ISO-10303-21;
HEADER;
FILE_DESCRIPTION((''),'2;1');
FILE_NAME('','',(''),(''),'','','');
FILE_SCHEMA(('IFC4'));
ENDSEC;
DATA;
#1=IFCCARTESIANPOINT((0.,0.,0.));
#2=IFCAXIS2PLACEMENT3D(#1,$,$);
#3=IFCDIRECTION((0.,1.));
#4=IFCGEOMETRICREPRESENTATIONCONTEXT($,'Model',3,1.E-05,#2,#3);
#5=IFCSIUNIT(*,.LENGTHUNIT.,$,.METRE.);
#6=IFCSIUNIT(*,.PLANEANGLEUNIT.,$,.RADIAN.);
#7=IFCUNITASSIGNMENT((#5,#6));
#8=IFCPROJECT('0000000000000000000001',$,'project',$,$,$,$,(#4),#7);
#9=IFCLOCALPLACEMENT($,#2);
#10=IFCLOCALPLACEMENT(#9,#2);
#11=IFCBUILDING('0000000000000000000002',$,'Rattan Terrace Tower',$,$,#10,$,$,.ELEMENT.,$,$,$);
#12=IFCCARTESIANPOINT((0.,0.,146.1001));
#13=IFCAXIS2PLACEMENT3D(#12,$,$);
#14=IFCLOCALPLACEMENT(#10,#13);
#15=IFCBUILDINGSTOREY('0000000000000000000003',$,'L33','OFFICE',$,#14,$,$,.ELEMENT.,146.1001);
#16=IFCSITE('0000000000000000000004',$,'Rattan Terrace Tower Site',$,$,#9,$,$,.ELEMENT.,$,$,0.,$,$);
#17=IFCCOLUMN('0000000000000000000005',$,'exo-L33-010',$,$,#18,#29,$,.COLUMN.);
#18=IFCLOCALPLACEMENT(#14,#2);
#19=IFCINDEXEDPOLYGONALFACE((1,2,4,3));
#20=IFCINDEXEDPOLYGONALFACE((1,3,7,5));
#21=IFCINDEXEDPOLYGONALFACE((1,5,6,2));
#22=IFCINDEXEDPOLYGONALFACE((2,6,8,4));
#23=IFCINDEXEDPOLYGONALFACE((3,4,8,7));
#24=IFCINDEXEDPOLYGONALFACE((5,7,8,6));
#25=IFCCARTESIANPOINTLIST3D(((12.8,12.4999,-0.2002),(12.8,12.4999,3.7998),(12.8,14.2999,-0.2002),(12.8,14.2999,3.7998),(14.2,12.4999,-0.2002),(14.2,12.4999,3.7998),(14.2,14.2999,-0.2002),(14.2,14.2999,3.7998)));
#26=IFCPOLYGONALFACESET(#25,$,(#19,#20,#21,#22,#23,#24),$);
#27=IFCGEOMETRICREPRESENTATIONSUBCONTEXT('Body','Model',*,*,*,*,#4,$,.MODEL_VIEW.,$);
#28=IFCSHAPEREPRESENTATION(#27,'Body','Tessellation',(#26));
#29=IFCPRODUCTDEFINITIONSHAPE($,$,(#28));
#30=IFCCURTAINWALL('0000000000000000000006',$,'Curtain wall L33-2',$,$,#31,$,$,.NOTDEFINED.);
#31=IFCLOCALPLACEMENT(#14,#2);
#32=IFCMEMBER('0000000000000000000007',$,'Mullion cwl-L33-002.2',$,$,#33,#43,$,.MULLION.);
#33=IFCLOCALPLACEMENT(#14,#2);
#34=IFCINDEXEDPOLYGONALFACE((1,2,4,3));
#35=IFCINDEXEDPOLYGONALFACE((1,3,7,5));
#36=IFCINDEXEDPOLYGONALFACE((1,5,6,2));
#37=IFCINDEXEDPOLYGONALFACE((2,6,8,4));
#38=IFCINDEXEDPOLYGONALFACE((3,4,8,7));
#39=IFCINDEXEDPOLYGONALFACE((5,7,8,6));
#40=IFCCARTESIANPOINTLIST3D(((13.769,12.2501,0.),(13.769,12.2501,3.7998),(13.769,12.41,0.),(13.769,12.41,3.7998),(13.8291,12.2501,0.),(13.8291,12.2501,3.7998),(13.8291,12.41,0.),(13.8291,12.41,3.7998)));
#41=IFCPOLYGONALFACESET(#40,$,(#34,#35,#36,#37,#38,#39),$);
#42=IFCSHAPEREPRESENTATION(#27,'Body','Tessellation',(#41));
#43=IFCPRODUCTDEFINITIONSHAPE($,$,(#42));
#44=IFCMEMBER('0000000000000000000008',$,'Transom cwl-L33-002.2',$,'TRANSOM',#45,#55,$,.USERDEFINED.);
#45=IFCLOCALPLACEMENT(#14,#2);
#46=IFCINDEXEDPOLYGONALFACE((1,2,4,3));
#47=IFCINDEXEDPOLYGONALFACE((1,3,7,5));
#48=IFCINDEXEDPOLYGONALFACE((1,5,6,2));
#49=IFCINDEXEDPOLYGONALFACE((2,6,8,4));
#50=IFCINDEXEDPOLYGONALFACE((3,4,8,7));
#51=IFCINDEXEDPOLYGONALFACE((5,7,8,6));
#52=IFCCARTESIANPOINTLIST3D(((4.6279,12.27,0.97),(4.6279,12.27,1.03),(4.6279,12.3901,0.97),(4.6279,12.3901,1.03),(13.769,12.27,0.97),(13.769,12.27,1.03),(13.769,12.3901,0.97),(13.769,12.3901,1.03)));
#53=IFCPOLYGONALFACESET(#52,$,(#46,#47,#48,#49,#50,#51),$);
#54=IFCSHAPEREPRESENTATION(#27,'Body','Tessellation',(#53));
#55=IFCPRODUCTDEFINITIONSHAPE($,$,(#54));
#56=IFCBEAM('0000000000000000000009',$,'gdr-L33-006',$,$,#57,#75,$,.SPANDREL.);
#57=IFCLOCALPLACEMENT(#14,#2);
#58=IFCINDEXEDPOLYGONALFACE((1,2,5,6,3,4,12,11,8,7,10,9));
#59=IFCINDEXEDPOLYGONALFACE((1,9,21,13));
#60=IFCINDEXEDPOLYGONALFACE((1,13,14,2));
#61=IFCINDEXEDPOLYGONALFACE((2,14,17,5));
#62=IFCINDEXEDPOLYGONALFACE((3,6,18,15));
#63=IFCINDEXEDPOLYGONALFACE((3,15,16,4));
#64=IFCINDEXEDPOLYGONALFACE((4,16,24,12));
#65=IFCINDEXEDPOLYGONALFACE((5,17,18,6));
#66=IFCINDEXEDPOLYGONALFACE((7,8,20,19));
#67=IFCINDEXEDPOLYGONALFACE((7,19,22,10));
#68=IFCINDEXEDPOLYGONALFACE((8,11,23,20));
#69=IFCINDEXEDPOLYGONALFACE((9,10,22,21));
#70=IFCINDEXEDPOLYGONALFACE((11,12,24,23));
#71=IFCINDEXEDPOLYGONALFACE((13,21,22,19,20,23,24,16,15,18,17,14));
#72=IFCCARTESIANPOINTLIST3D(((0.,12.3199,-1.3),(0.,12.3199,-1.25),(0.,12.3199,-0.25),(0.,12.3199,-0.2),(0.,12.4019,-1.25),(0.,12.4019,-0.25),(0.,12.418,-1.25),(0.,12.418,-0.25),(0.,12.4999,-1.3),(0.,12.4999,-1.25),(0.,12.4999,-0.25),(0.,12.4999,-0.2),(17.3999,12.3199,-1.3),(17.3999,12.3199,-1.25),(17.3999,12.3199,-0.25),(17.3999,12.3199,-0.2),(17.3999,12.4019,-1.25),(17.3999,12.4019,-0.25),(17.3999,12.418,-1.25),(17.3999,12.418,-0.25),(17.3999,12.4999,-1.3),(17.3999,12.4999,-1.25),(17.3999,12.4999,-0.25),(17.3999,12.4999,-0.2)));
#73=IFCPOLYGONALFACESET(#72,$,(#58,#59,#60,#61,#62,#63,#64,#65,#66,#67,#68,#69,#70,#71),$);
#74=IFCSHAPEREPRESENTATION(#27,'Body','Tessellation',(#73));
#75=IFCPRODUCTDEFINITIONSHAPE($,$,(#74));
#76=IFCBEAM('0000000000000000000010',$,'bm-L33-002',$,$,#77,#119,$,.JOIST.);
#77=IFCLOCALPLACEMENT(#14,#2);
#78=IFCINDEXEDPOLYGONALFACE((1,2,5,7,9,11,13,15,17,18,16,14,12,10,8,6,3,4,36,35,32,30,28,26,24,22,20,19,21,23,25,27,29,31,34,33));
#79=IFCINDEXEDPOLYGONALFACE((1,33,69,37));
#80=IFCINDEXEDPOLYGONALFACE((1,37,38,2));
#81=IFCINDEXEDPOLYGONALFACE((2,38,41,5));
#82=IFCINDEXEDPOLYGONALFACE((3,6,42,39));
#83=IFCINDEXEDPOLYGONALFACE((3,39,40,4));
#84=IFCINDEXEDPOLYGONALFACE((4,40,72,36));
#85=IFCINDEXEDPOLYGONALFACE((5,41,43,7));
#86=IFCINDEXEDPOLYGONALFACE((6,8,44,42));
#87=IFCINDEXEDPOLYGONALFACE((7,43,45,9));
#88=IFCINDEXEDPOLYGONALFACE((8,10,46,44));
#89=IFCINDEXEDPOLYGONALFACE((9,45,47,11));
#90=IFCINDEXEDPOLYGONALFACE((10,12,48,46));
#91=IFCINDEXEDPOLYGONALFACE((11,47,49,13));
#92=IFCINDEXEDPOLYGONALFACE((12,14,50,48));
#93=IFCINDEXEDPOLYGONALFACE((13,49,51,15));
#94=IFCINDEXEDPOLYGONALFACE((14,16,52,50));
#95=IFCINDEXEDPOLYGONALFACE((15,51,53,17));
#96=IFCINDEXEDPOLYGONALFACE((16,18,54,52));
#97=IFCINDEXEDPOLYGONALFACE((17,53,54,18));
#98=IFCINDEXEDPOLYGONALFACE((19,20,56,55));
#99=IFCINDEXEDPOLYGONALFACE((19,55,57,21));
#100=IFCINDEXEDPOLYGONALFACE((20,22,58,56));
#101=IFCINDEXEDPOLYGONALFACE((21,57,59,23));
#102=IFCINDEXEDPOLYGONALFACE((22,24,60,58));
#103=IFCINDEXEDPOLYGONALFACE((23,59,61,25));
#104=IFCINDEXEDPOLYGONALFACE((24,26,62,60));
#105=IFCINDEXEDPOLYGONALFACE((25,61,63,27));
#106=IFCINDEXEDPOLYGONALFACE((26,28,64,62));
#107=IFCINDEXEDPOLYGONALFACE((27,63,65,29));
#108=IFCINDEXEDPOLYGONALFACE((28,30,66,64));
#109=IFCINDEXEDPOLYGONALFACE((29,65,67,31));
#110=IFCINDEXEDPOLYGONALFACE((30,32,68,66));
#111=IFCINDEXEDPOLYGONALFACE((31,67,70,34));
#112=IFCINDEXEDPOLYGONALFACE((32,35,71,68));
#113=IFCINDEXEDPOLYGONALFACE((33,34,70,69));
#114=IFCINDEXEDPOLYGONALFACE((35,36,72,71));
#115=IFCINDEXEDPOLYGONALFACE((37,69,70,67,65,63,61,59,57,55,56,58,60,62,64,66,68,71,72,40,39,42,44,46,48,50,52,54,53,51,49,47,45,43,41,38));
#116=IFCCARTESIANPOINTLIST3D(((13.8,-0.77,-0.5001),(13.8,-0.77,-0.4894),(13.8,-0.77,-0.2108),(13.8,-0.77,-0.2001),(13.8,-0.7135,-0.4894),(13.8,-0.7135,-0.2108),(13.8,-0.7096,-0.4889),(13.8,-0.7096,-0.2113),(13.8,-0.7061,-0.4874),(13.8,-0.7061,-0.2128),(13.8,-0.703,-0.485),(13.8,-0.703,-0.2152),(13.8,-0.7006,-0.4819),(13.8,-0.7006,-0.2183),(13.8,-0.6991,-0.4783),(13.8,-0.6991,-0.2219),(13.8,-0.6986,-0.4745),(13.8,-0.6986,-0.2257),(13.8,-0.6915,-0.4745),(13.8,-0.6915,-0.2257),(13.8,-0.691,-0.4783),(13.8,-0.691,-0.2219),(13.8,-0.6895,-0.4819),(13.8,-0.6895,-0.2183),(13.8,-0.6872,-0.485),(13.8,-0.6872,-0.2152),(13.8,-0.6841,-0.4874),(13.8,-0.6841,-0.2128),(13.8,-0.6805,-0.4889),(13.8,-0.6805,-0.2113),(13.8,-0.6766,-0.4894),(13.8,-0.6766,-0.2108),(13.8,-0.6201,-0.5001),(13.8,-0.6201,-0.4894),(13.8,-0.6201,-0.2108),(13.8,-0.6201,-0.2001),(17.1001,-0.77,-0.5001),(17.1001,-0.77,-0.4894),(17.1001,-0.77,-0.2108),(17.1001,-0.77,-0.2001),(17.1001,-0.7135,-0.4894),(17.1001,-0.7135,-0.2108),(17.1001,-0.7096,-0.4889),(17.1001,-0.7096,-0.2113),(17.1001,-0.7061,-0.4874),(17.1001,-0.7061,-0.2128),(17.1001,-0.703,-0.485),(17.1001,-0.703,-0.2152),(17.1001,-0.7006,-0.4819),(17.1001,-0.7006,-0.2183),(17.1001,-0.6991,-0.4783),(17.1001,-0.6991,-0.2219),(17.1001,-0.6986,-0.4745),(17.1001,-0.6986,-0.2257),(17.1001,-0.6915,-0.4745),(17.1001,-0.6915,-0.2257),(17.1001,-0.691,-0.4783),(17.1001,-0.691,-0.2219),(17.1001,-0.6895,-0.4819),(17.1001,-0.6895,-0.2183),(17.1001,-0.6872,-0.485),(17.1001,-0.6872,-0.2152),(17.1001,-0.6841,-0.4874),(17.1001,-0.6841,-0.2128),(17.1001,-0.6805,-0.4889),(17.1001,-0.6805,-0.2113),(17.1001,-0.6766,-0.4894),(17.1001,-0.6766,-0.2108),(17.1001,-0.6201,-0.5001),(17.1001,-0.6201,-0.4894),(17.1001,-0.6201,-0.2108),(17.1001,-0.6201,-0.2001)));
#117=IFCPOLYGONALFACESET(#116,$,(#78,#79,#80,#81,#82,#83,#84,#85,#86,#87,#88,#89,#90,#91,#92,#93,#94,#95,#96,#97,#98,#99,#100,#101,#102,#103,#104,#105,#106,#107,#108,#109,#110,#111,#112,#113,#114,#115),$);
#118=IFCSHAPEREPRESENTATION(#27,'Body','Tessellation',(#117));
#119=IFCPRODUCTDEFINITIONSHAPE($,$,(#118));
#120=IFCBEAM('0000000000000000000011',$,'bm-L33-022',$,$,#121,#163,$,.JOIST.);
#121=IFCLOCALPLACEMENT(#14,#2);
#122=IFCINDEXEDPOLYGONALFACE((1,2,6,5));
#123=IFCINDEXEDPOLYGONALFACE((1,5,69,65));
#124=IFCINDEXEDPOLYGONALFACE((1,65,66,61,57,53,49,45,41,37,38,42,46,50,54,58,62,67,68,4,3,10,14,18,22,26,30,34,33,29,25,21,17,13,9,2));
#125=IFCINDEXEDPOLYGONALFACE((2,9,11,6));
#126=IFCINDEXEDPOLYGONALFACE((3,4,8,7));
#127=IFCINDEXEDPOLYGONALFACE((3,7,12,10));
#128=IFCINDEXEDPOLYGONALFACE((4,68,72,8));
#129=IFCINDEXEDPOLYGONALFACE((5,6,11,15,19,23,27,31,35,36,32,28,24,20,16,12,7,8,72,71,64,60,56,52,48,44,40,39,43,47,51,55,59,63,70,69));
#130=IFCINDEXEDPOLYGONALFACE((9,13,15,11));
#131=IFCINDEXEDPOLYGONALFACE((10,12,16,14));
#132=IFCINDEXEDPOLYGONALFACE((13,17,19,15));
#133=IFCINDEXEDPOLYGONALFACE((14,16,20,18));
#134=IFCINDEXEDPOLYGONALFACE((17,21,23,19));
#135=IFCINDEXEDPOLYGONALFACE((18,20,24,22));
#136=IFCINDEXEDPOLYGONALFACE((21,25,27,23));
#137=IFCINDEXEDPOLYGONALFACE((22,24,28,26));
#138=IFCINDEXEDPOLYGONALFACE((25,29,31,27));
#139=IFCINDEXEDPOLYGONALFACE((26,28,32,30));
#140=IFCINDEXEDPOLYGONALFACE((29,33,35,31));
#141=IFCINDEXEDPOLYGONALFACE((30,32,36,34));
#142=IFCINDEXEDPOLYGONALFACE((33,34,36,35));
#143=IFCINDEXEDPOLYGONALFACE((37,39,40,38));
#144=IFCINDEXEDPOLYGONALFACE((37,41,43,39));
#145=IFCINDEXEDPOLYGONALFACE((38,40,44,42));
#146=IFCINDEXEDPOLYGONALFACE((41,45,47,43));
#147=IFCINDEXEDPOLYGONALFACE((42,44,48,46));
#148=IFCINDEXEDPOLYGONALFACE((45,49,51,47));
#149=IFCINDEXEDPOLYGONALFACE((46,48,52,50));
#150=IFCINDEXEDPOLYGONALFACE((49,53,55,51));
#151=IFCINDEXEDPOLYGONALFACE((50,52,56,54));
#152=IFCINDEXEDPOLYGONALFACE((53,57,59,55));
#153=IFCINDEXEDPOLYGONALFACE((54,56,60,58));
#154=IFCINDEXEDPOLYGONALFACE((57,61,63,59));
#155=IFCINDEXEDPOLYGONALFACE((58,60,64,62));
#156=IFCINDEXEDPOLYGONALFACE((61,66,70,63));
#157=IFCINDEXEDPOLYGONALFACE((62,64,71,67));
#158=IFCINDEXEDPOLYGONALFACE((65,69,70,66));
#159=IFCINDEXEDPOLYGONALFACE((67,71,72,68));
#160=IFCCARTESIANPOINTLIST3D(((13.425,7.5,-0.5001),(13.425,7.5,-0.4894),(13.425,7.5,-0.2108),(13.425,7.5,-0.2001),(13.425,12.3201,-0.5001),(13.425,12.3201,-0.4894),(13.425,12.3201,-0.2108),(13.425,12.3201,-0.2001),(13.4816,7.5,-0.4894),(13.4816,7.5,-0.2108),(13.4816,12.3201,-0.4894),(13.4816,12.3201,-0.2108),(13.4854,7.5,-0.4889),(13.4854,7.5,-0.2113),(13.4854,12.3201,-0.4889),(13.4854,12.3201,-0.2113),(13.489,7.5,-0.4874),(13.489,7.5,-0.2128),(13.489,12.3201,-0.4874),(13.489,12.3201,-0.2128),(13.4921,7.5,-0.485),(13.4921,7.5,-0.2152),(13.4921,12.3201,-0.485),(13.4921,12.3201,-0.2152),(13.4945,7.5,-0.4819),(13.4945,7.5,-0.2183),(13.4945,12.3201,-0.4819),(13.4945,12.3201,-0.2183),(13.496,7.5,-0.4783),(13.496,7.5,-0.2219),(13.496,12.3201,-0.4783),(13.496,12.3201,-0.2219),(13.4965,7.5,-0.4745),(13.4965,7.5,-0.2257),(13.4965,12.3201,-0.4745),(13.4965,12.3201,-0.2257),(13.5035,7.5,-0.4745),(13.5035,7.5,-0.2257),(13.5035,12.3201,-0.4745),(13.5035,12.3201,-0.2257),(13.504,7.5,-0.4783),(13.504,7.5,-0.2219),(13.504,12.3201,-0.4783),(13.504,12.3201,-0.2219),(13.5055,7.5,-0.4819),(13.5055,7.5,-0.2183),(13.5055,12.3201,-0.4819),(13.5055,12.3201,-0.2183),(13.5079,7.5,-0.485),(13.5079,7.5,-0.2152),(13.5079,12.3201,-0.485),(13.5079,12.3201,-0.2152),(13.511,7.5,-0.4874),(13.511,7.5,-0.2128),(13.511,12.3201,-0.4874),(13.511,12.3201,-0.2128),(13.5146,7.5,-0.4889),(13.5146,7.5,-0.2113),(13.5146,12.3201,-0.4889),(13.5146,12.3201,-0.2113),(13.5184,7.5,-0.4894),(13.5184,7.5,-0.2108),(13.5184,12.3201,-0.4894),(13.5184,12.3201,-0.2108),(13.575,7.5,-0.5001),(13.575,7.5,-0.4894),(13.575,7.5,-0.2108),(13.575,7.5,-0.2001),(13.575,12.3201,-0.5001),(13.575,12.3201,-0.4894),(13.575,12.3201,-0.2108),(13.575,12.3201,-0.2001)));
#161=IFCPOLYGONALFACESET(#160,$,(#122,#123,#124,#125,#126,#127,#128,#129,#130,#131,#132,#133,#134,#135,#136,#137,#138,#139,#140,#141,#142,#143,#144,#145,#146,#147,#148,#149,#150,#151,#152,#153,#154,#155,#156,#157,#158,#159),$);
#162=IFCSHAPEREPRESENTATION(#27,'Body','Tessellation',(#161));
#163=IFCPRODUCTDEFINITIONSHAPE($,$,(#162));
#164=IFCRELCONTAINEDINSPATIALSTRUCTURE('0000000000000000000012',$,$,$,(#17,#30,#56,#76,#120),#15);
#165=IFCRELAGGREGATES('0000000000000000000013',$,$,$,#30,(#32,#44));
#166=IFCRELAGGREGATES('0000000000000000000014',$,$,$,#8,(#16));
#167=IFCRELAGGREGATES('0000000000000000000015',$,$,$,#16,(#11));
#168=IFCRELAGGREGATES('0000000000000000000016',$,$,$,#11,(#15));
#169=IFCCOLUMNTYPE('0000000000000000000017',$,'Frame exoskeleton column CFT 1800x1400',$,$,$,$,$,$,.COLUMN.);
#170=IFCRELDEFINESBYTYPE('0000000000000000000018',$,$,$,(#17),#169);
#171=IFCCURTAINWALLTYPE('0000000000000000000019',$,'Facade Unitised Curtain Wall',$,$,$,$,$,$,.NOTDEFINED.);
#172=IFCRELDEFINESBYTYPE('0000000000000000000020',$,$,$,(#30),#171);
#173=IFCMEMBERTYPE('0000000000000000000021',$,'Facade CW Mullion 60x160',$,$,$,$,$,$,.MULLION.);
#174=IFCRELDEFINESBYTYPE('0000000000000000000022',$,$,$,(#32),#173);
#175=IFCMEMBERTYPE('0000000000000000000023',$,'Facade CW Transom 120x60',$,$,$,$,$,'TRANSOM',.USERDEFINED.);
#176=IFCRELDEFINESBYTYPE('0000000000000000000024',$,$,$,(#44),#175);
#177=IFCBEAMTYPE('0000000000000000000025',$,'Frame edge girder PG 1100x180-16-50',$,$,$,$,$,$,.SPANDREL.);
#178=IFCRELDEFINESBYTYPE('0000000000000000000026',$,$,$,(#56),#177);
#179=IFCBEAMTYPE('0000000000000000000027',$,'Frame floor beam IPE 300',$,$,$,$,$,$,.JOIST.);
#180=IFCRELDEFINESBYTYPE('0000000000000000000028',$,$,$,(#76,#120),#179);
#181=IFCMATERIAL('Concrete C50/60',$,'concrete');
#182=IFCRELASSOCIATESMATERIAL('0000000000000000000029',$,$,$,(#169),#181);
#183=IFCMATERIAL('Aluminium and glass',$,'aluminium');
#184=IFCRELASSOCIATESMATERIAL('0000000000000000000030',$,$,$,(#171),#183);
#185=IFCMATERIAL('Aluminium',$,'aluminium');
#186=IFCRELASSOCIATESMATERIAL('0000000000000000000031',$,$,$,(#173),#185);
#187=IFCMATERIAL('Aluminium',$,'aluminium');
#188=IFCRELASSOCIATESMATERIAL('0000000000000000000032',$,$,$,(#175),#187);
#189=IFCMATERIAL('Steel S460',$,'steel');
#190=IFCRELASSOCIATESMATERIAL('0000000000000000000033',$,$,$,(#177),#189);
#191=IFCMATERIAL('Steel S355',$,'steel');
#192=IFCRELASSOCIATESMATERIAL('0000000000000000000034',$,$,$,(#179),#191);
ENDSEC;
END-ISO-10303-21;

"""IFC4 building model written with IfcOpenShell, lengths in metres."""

from ifc_helpers import new_model, si_unit, direction, frame, origin, origin_2d, place, context, subcontext, project, spatial, rectangle, i_section, extrude, material, material_profile, profile_set, type_object, element, aggregate, save


model = new_model("IFC4")

# Units and contexts
model_context = context("Model", 3, precision=1e-05, world=origin(), true_north=direction((0.0, 1.0)))
body_context = subcontext(model_context, "Body", "Model", "MODEL_VIEW")
ifc_project = project(units=[si_unit("LENGTHUNIT", "METRE"), si_unit("PLANEANGLEUNIT", "RADIAN")], contexts=[model_context])

# Site, building, storey
site_placement = place(None, origin())
site = spatial("IfcSite", under=ifc_project, at=site_placement, Name="Rattan Terrace Tower Site", CompositionType="ELEMENT", RefElevation=0.0)
building_placement = place(site_placement, origin())
building = spatial("IfcBuilding", under=site, at=building_placement, Name="Rattan Terrace Tower", CompositionType="ELEMENT")
storey_placement = place(building_placement, frame((0.0, 0.0, 146.1001)))
storey = spatial("IfcBuildingStorey", under=building, at=storey_placement, Name="L33", Description="OFFICE", CompositionType="ELEMENT", Elevation=146.1001)

# Column
ifc_material_1 = material(Name="Concrete C50/60", Category="concrete")
ifc_material_profile_1 = material_profile(ifc_material_1, rectangle(XDim=1.3999, YDim=1.8, at=origin_2d()), Name="CFT 1800x1400")
ifc_profile_set_1 = profile_set([ifc_material_profile_1], Name="Concrete C50/60")
column_type = type_object("IfcColumnType", Name="Frame exoskeleton column CFT 1800x1400", PredefinedType="COLUMN", material=ifc_profile_set_1)
column_placement = place(storey_placement, frame((13.5, 13.3999, -0.2002), z_axis=(0.0, 0.0, 1.0), x_axis=(1.0, 0.0, 0.0)))
element("IfcColumn", 1, at=column_placement, inside=storey, type_object=column_type, Name="exo-L33-010", PredefinedType="COLUMN", context=body_context, shape_type="SweptSolid", body=[
    extrude(rectangle(XDim=1.3999, YDim=1.8, at=origin_2d()), origin(), (0.0, 0.0, 1.0), 4.0),
])

# Curtain wall, members
ifc_material_2 = material(Name="Aluminium and glass", Category="aluminium")
curtain_wall_type = type_object("IfcCurtainWallType", Name="Facade Unitised Curtain Wall", PredefinedType="NOTDEFINED", material=ifc_material_2)
curtain_wall_placement = place(storey_placement, origin())
curtain_wall = element("IfcCurtainWall", 2, at=curtain_wall_placement, inside=storey, type_object=curtain_wall_type, Name="Curtain wall L33-2", PredefinedType="NOTDEFINED")
ifc_material_3 = material(Name="Aluminium", Category="aluminium")
ifc_material_profile_2 = material_profile(ifc_material_3, rectangle(XDim=0.0601, YDim=0.1599, at=origin_2d()), Name="Aluminium 60x160")
ifc_profile_set_2 = profile_set([ifc_material_profile_2], Name="Aluminium")
member_type_1 = type_object("IfcMemberType", Name="Facade CW Mullion 60x160", PredefinedType="MULLION", material=ifc_profile_set_2)
member_1_placement = place(storey_placement, frame((13.7991, 12.3301, 0.0), z_axis=(0.0, 0.0, 1.0), x_axis=(-1.0, 0.0, 0.0)))
member_1 = element("IfcMember", 3, at=member_1_placement, type_object=member_type_1, Name="Mullion cwl-L33-002.2", PredefinedType="MULLION", context=body_context, shape_type="SweptSolid", body=[
    extrude(rectangle(XDim=0.0601, YDim=0.1599, at=origin_2d()), origin(), (0.0, 0.0, 1.0), 3.7998),
])
ifc_material_4 = material(Name="Aluminium", Category="aluminium")
ifc_material_profile_3 = material_profile(ifc_material_4, rectangle(XDim=0.1201, YDim=0.0601, at=origin_2d()), Name="Aluminium 120x60")
ifc_profile_set_3 = profile_set([ifc_material_profile_3], Name="Aluminium")
member_type_2 = type_object("IfcMemberType", Name="Facade CW Transom 120x60", ElementType="TRANSOM", PredefinedType="USERDEFINED", material=ifc_profile_set_3)
member_2_placement = place(storey_placement, frame((13.769, 12.3301, 1.0), z_axis=(-1.0, 0.0, 0.0), x_axis=(0.0, -1.0, 0.0)))
member_2 = element("IfcMember", 4, at=member_2_placement, type_object=member_type_2, Name="Transom cwl-L33-002.2", ObjectType="TRANSOM", PredefinedType="USERDEFINED", context=body_context, shape_type="SweptSolid", body=[
    extrude(rectangle(XDim=0.1201, YDim=0.0601, at=origin_2d()), origin(), (0.0, 0.0, 1.0), 9.1411),
])

# Beams
ifc_material_5 = material(Name="Steel S460", Category="steel")
ifc_material_profile_4 = material_profile(ifc_material_5, i_section(OverallWidth=0.1799, OverallDepth=1.1001, WebThickness=0.0161, FlangeThickness=0.05, at=origin_2d()), Name="PG 1100x180-16-50")
ifc_profile_set_4 = profile_set([ifc_material_profile_4], Name="Steel S460")
beam_type_1 = type_object("IfcBeamType", Name="Frame edge girder PG 1100x180-16-50", PredefinedType="SPANDREL", material=ifc_profile_set_4)
beam_1_placement = place(storey_placement, frame((17.3999, 12.4099, -0.75), z_axis=(-1.0, 0.0, 0.0), x_axis=(0.0, -1.0, 0.0)))
element("IfcBeam", 5, at=beam_1_placement, inside=storey, type_object=beam_type_1, Name="gdr-L33-006", PredefinedType="SPANDREL", context=body_context, shape_type="SweptSolid", body=[
    extrude(i_section(OverallWidth=0.1799, OverallDepth=1.1001, WebThickness=0.0161, FlangeThickness=0.05, at=origin_2d()), origin(), (0.0, 0.0, 1.0), 17.3999),
])
ifc_material_6 = material(Name="Steel S355", Category="steel")
ifc_material_profile_5 = material_profile(ifc_material_6, i_section(OverallWidth=0.1499, OverallDepth=0.3, WebThickness=0.0071, FlangeThickness=0.0107, FilletRadius=0.0149, at=origin_2d()), Name="IPE 300")
ifc_profile_set_5 = profile_set([ifc_material_profile_5], Name="Steel S355")
beam_type_2 = type_object("IfcBeamType", Name="Frame floor beam IPE 300", PredefinedType="JOIST", material=ifc_profile_set_5)
beam_2_placement = place(storey_placement, frame((13.8, -0.6951, -0.3501), z_axis=(1.0, 0.0, 0.0), x_axis=(0.0, 1.0, 0.0)))
element("IfcBeam", 6, at=beam_2_placement, inside=storey, type_object=beam_type_2, Name="bm-L33-002", PredefinedType="JOIST", context=body_context, shape_type="SweptSolid", body=[
    extrude(i_section(OverallWidth=0.1499, OverallDepth=0.3, WebThickness=0.0071, FlangeThickness=0.0107, FilletRadius=0.0149, at=origin_2d()), origin(), (0.0, 0.0, 1.0), 3.3),
])
beam_3_placement = place(storey_placement, frame((13.5, 7.5, -0.3501), z_axis=(0.0, 1.0, 0.0), x_axis=(-1.0, 0.0, 0.0)))
element("IfcBeam", 7, at=beam_3_placement, inside=storey, type_object=beam_type_2, Name="bm-L33-022", PredefinedType="JOIST", context=body_context, shape_type="SweptSolid", body=[
    extrude(i_section(OverallWidth=0.1499, OverallDepth=0.3, WebThickness=0.0071, FlangeThickness=0.0107, FilletRadius=0.0149, at=origin_2d()), origin(), (0.0, 0.0, 1.0), 4.8201),
])

aggregate(curtain_wall, [member_1, member_2])

save(model, "model.ifc")
